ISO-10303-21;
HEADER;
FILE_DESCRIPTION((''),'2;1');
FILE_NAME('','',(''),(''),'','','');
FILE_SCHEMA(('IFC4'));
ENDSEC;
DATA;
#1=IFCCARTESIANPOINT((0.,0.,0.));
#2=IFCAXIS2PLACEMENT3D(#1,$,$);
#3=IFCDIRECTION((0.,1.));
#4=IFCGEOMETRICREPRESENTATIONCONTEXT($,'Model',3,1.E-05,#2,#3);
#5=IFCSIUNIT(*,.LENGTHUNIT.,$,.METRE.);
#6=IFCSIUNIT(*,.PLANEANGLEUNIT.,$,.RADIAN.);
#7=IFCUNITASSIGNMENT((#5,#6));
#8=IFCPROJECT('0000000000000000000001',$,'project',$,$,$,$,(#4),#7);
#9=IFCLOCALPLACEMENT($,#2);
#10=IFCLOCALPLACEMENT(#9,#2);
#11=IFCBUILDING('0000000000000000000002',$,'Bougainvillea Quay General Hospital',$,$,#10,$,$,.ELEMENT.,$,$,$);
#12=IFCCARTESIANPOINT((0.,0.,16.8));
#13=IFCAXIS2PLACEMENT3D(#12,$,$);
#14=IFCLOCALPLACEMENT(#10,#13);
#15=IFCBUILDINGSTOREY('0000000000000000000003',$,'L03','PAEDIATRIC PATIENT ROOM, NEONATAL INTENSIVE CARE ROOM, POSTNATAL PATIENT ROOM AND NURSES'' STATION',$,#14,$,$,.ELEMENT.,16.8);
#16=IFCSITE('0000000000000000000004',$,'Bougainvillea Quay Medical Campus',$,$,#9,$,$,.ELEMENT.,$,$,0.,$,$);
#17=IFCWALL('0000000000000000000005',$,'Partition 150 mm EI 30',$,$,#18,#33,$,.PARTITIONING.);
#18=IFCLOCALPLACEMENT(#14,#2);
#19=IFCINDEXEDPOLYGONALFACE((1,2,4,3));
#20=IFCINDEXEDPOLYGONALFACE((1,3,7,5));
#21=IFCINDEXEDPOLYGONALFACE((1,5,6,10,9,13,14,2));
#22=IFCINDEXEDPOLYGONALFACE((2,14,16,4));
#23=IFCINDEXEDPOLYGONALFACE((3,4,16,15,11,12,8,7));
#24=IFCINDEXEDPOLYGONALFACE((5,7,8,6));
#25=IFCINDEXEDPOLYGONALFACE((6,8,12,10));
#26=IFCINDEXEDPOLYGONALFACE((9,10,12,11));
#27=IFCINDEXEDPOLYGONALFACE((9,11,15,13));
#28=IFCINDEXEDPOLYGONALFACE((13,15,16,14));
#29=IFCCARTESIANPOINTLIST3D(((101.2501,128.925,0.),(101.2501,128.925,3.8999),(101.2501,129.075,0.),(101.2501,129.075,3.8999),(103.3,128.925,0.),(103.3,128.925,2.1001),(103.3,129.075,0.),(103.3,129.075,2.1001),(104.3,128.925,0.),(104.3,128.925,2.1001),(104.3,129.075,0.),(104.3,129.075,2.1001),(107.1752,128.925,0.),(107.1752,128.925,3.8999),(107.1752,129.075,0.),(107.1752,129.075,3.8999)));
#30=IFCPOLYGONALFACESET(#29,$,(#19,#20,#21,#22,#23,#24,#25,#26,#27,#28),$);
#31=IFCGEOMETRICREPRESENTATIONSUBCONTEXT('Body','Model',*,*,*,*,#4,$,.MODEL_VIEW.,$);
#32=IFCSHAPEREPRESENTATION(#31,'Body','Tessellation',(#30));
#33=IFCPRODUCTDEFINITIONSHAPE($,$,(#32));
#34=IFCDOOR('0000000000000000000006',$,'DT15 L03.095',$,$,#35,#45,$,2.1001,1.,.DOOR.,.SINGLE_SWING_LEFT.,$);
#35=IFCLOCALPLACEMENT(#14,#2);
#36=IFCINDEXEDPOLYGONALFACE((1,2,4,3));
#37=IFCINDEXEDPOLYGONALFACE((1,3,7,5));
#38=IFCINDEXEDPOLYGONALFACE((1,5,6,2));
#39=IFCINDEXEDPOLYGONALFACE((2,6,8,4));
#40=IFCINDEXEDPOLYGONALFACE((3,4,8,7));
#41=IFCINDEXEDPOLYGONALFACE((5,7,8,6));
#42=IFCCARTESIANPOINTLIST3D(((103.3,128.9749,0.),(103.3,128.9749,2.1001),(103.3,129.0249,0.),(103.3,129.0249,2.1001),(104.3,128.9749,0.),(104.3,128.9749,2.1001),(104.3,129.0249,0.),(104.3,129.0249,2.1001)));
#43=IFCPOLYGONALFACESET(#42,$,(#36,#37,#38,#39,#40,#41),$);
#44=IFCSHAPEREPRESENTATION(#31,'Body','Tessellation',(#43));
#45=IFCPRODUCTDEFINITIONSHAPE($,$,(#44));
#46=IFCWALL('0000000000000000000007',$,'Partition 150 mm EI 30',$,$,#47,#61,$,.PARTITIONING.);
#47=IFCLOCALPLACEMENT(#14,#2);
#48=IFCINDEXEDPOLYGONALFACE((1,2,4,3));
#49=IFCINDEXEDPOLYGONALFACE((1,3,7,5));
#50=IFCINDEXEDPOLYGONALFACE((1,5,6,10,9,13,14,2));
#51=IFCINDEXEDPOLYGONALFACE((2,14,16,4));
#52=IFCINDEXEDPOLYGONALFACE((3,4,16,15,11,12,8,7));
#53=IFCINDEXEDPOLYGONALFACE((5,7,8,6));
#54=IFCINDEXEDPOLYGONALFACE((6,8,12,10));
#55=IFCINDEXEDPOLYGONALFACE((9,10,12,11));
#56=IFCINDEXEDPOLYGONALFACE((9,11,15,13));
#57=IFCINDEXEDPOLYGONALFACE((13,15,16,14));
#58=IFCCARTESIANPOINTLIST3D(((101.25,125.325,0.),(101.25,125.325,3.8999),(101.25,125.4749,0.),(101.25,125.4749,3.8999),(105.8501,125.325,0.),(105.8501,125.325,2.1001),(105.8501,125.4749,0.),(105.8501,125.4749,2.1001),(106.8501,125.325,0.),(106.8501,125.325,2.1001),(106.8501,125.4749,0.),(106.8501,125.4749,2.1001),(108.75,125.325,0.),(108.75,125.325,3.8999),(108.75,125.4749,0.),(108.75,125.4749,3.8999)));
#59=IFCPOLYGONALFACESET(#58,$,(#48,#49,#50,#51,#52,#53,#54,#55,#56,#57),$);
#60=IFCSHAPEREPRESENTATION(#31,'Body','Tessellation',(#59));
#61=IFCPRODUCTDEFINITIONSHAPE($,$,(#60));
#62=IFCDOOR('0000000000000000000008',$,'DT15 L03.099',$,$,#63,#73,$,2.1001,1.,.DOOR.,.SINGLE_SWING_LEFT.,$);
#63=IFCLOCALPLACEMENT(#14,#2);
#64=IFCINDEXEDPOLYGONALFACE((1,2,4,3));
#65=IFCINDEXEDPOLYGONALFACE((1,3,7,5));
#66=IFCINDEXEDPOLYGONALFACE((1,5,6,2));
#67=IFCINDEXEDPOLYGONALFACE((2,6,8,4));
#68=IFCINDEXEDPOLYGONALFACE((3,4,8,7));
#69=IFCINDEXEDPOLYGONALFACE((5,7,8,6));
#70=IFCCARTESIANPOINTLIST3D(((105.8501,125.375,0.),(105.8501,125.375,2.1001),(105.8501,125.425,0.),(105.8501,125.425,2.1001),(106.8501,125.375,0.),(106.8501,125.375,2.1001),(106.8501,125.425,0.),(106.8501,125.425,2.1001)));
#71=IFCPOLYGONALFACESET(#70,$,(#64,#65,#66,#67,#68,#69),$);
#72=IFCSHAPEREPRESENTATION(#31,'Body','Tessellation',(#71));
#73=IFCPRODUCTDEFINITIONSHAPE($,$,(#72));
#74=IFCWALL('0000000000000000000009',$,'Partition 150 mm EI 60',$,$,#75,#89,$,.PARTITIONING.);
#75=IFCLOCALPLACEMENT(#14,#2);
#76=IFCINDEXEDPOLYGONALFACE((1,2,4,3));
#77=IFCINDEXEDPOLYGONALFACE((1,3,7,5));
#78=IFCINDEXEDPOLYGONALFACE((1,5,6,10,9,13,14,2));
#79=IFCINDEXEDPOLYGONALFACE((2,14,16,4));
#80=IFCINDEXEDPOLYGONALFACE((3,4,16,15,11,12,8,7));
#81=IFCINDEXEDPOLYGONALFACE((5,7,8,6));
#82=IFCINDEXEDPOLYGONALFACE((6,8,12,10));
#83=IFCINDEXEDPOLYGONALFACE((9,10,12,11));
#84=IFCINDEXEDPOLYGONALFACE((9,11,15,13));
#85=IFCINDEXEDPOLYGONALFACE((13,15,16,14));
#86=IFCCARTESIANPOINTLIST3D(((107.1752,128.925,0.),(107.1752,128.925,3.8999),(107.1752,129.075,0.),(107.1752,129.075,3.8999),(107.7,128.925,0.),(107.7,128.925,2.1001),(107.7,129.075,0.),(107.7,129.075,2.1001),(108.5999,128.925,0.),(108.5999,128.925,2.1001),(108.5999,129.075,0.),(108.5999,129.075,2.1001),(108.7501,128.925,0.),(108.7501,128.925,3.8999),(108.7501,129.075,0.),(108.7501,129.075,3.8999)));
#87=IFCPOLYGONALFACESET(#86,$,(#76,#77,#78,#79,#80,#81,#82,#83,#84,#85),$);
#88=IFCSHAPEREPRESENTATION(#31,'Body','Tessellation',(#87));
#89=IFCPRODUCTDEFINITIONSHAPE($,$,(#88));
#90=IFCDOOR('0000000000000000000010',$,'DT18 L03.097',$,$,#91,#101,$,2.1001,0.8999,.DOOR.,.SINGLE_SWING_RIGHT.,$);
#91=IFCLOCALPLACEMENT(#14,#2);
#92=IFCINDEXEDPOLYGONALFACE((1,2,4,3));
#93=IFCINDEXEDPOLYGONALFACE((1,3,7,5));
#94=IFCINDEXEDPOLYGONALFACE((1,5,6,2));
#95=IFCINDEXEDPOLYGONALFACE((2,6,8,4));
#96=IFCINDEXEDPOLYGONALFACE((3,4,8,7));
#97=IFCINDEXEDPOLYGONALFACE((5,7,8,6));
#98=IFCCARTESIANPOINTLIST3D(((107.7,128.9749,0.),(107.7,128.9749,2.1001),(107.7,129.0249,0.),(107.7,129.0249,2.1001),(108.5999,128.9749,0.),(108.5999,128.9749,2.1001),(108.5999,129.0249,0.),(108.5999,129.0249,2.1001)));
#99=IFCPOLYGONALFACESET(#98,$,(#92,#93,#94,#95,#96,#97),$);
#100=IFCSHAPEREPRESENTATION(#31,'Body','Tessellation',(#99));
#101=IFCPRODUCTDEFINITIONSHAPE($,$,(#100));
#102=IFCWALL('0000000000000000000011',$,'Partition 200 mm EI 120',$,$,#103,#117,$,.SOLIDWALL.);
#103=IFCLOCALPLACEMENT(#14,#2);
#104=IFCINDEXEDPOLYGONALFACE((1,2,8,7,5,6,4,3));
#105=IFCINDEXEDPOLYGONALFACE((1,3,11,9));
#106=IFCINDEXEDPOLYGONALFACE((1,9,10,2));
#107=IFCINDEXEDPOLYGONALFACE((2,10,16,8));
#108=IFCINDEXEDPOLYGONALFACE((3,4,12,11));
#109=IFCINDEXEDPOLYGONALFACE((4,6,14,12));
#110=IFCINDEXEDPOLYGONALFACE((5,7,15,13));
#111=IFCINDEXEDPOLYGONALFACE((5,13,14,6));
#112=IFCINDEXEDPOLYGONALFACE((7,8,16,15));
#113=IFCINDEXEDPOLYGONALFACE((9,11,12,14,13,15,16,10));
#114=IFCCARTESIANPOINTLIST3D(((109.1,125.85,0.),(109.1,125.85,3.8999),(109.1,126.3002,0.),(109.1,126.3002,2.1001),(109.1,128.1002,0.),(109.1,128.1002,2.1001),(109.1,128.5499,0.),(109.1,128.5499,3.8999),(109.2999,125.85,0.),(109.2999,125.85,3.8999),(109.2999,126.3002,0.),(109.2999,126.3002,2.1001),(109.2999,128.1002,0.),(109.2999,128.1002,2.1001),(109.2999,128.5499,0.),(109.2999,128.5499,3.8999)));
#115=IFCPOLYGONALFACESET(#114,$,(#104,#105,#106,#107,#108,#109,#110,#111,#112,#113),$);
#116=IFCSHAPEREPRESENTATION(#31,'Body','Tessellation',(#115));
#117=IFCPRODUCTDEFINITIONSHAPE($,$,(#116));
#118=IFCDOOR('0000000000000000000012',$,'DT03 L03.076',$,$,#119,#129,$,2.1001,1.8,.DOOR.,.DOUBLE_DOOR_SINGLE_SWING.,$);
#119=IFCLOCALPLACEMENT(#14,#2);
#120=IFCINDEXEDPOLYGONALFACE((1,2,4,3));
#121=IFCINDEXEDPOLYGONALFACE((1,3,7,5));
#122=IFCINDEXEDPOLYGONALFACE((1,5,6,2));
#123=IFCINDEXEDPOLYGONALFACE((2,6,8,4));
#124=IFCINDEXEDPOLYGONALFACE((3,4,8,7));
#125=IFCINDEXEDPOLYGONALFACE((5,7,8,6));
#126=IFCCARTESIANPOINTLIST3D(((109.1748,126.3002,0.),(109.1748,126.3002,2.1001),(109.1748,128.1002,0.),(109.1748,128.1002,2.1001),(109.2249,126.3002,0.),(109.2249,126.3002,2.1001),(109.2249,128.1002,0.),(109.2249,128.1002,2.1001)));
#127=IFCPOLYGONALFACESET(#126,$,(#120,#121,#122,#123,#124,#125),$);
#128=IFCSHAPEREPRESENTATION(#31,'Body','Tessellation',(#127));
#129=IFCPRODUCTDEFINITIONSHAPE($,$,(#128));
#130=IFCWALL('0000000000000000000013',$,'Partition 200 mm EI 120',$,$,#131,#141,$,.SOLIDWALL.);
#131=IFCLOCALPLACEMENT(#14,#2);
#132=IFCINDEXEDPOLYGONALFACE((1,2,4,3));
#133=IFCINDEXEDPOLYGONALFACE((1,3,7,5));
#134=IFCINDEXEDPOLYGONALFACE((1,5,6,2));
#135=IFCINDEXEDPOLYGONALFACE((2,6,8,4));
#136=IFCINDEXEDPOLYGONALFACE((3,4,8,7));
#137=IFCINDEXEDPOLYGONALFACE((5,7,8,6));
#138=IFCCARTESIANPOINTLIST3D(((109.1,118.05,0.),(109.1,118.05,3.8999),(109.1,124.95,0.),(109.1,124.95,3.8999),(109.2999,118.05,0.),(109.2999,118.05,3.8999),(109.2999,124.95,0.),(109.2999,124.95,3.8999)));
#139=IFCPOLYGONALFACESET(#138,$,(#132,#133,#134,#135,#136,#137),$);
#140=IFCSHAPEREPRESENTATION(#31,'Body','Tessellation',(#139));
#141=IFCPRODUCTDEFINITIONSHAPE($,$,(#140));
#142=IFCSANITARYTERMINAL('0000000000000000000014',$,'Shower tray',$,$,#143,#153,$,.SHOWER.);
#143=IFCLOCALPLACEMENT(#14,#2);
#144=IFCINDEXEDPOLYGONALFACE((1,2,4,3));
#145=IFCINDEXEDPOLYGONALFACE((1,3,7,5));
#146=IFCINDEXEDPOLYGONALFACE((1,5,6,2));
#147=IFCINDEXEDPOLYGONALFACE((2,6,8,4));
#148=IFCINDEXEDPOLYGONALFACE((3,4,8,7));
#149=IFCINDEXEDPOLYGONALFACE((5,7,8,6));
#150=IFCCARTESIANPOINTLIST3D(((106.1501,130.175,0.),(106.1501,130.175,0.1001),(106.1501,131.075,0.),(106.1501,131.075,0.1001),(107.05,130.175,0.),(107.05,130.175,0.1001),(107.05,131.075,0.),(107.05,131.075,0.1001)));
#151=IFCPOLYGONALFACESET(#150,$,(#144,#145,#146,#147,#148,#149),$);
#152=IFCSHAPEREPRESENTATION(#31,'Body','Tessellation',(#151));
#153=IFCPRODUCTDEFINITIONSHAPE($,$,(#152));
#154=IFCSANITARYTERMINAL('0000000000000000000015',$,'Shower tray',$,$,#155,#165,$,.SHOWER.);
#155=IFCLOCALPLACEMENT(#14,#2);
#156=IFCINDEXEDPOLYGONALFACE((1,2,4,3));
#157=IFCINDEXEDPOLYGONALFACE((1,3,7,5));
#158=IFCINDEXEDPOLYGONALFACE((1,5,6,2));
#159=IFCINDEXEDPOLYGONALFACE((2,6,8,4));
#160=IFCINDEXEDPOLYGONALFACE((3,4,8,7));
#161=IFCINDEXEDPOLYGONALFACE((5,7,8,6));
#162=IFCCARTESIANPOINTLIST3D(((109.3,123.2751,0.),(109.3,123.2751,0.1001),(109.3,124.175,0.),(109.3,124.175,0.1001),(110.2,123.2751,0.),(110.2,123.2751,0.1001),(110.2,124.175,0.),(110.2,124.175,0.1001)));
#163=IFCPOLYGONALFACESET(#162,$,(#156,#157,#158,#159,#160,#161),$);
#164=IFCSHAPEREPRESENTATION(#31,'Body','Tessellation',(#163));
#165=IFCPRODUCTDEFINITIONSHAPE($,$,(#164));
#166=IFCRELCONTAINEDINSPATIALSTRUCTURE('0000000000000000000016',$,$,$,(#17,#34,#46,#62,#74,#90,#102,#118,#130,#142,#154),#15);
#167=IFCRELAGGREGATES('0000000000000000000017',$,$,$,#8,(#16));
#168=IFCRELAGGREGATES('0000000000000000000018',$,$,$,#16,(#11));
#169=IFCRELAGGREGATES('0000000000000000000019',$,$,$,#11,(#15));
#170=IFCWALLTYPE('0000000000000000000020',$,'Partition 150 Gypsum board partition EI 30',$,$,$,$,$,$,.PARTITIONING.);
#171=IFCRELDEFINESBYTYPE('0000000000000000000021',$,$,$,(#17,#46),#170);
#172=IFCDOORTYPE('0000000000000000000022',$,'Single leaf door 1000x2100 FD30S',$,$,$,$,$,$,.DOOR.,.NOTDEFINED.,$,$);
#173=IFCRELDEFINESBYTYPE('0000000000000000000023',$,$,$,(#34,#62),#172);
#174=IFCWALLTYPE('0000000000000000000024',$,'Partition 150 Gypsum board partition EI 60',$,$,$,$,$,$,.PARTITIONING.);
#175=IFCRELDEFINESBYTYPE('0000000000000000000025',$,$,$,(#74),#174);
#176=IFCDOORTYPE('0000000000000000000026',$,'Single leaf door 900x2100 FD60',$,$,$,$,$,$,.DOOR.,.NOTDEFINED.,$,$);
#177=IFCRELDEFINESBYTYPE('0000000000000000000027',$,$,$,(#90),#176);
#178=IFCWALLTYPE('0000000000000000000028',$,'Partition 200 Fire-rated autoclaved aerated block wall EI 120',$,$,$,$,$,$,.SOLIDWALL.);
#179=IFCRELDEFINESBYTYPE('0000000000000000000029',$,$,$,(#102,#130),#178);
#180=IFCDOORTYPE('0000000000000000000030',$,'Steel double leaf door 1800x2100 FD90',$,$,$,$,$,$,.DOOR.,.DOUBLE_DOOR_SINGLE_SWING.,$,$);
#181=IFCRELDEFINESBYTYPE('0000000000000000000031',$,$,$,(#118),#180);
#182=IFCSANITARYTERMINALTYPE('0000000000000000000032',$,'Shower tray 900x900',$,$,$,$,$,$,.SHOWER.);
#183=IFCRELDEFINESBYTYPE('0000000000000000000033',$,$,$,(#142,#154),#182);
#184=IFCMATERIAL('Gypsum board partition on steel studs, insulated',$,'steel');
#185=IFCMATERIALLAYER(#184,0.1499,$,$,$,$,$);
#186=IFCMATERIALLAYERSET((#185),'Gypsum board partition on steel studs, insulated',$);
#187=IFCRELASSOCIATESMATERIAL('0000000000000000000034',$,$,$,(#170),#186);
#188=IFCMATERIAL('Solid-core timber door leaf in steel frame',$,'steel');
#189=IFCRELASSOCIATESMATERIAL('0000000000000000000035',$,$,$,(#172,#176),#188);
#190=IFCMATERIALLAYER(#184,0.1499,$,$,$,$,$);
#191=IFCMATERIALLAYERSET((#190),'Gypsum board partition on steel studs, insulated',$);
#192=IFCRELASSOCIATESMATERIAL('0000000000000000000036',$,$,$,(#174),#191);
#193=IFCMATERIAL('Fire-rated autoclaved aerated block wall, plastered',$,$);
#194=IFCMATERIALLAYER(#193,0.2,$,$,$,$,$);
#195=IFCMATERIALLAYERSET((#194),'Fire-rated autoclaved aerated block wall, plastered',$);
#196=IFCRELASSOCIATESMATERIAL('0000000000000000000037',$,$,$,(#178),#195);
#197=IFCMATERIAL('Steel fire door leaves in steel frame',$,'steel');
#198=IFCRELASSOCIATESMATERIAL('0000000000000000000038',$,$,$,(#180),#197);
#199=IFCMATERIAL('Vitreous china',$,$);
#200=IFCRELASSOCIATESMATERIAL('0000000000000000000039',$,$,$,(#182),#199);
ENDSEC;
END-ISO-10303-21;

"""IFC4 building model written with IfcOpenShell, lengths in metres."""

from ifc_helpers import new_model, si_unit, direction, frame, frame_2d, origin, origin_2d, place, context, subcontext, project, spatial, rectangle, extrude, material, layer, layer_set, type_object, element, fill, save


model = new_model("IFC4")

# Units and contexts
model_context = context("Model", 3, precision=1e-05, world=origin(), true_north=direction((0.0, 1.0)))
body_context = subcontext(model_context, "Body", "Model", "MODEL_VIEW")
ifc_project = project(units=[si_unit("LENGTHUNIT", "METRE"), si_unit("PLANEANGLEUNIT", "RADIAN")], contexts=[model_context])

# Site, building, storey
site_placement = place(None, origin())
site = spatial("IfcSite", under=ifc_project, at=site_placement, Name="Bougainvillea Quay Medical Campus", CompositionType="ELEMENT", RefElevation=0.0)
building_placement = place(site_placement, origin())
building = spatial("IfcBuilding", under=site, at=building_placement, Name="Bougainvillea Quay General Hospital", CompositionType="ELEMENT")
storey_placement = place(building_placement, frame((0.0, 0.0, 16.8)))
storey = spatial("IfcBuildingStorey", under=building, at=storey_placement, Name="L03", Description="PAEDIATRIC PATIENT ROOM, NEONATAL INTENSIVE CARE ROOM, POSTNATAL PATIENT ROOM AND NURSES' STATION", CompositionType="ELEMENT", Elevation=16.8)

# Shared definitions
ifc_material_1 = material(Name="Gypsum board partition on steel studs, insulated", Category="steel")

# Shared definitions
ifc_material_2 = material(Name="Solid-core timber door leaf in steel frame", Category="steel")

# Walls, openings, doors
ifc_layer_1 = layer(ifc_material_1, 0.1499)
ifc_layer_set_1 = layer_set([ifc_layer_1], Name="Gypsum board partition on steel studs, insulated")
wall_type_1 = type_object("IfcWallType", Name="Partition 150 Gypsum board partition EI 30", PredefinedType="PARTITIONING", material=ifc_layer_set_1)
wall_1_placement = place(storey_placement, frame((107.175, 129.0, 0.0), z_axis=(0.0, 0.0, 1.0), x_axis=(-1.0, 0.0, 0.0)))
wall_1 = element("IfcWall", 1, at=wall_1_placement, inside=storey, type_object=wall_type_1, Name="Partition 150 mm EI 30", PredefinedType="PARTITIONING", context=body_context, shape_type="SweptSolid", body=[
    extrude(rectangle(XDim=5.925, YDim=0.1499, at=frame_2d((2.9624, 0.0))), origin(), (0.0, 0.0, 1.0), 3.8999),
])
opening_1_placement = place(wall_1_placement, frame((2.875, 0.0, 0.0)))
opening_1 = element("IfcOpeningElement", 2, at=opening_1_placement, cuts=wall_1, PredefinedType="OPENING", context=body_context, shape_type="SweptSolid", body=[
    extrude(rectangle(XDim=1.0, YDim=2.1001, at=frame_2d((0.5, 1.05))), frame((0.0, 0.085, 0.0), z_axis=(0.0, -1.0, 0.0), x_axis=(1.0, 0.0, 0.0)), (0.0, 0.0, 1.0), 0.1699),
])
door_type_1 = type_object("IfcDoorType", Name="Single leaf door 1000x2100 FD30S", OperationType="NOTDEFINED", PredefinedType="DOOR", material=ifc_material_2)
door_1_placement = place(opening_1_placement, frame((1.0, 0.0, 0.0), z_axis=(0.0, 0.0, 1.0), x_axis=(-1.0, 0.0, 0.0)))
door_1 = element("IfcDoor", 3, at=door_1_placement, inside=storey, type_object=door_type_1, Name="DT15 L03.095", OperationType="SINGLE_SWING_LEFT", OverallHeight=2.1001, OverallWidth=1.0, PredefinedType="DOOR", context=body_context, shape_type="SweptSolid", body=[
    extrude(rectangle(XDim=1.0, YDim=2.1001, at=frame_2d((0.5, 1.05))), frame((0.0, 0.0249, 0.0), z_axis=(0.0, -1.0, 0.0), x_axis=(1.0, 0.0, 0.0)), (0.0, 0.0, 1.0), 0.05),
])
fill(opening_1, door_1)
wall_2_placement = place(storey_placement, frame((108.75, 125.3999, 0.0), z_axis=(0.0, 0.0, 1.0), x_axis=(-1.0, 0.0, 0.0)))
wall_2 = element("IfcWall", 4, at=wall_2_placement, inside=storey, type_object=wall_type_1, Name="Partition 150 mm EI 30", PredefinedType="PARTITIONING", context=body_context, shape_type="SweptSolid", body=[
    extrude(rectangle(XDim=7.5, YDim=0.1499, at=frame_2d((3.75, 0.0))), origin(), (0.0, 0.0, 1.0), 3.8999),
])
opening_2_placement = place(wall_2_placement, frame((1.8999, 0.0, 0.0)))
opening_2 = element("IfcOpeningElement", 5, at=opening_2_placement, cuts=wall_2, PredefinedType="OPENING", context=body_context, shape_type="SweptSolid", body=[
    extrude(rectangle(XDim=1.0, YDim=2.1001, at=frame_2d((0.5, 1.05))), frame((0.0, 0.085, 0.0), z_axis=(0.0, -1.0, 0.0), x_axis=(1.0, 0.0, 0.0)), (0.0, 0.0, 1.0), 0.1699),
])
door_2_placement = place(opening_2_placement, origin())
door_2 = element("IfcDoor", 6, at=door_2_placement, inside=storey, type_object=door_type_1, Name="DT15 L03.099", OperationType="SINGLE_SWING_LEFT", OverallHeight=2.1001, OverallWidth=1.0, PredefinedType="DOOR", context=body_context, shape_type="SweptSolid", body=[
    extrude(rectangle(XDim=1.0, YDim=2.1001, at=frame_2d((0.5, 1.05))), frame((0.0, 0.0249, 0.0), z_axis=(0.0, -1.0, 0.0), x_axis=(1.0, 0.0, 0.0)), (0.0, 0.0, 1.0), 0.05),
])
fill(opening_2, door_2)
ifc_layer_2 = layer(ifc_material_1, 0.1499)
ifc_layer_set_2 = layer_set([ifc_layer_2], Name="Gypsum board partition on steel studs, insulated")
wall_type_2 = type_object("IfcWallType", Name="Partition 150 Gypsum board partition EI 60", PredefinedType="PARTITIONING", material=ifc_layer_set_2)
wall_3_placement = place(storey_placement, frame((107.175, 129.0, 0.0), z_axis=(0.0, 0.0, 1.0), x_axis=(1.0, 0.0, 0.0)))
wall_3 = element("IfcWall", 7, at=wall_3_placement, inside=storey, type_object=wall_type_2, Name="Partition 150 mm EI 60", PredefinedType="PARTITIONING", context=body_context, shape_type="SweptSolid", body=[
    extrude(rectangle(XDim=1.575, YDim=0.1499, at=frame_2d((0.7876, 0.0))), origin(), (0.0, 0.0, 1.0), 3.8999),
])
opening_3_placement = place(wall_3_placement, frame((0.5249, 0.0, 0.0)))
opening_3 = element("IfcOpeningElement", 8, at=opening_3_placement, cuts=wall_3, PredefinedType="OPENING", context=body_context, shape_type="SweptSolid", body=[
    extrude(rectangle(XDim=0.8999, YDim=2.1001, at=frame_2d((0.45, 1.05))), frame((0.0, 0.085, 0.0), z_axis=(0.0, -1.0, 0.0), x_axis=(1.0, 0.0, 0.0)), (0.0, 0.0, 1.0), 0.1699),
])
door_type_2 = type_object("IfcDoorType", Name="Single leaf door 900x2100 FD60", OperationType="NOTDEFINED", PredefinedType="DOOR", material=ifc_material_2)
door_3_placement = place(opening_3_placement, origin())
door_3 = element("IfcDoor", 9, at=door_3_placement, inside=storey, type_object=door_type_2, Name="DT18 L03.097", OperationType="SINGLE_SWING_RIGHT", OverallHeight=2.1001, OverallWidth=0.8999, PredefinedType="DOOR", context=body_context, shape_type="SweptSolid", body=[
    extrude(rectangle(XDim=0.8999, YDim=2.1001, at=frame_2d((0.45, 1.05))), frame((0.0, 0.0249, 0.0), z_axis=(0.0, -1.0, 0.0), x_axis=(1.0, 0.0, 0.0)), (0.0, 0.0, 1.0), 0.05),
])
fill(opening_3, door_3)
ifc_material_3 = material(Name="Fire-rated autoclaved aerated block wall, plastered")
ifc_layer_3 = layer(ifc_material_3, 0.2)
ifc_layer_set_3 = layer_set([ifc_layer_3], Name="Fire-rated autoclaved aerated block wall, plastered")
wall_type_3 = type_object("IfcWallType", Name="Partition 200 Fire-rated autoclaved aerated block wall EI 120", PredefinedType="SOLIDWALL", material=ifc_layer_set_3)
wall_4_placement = place(storey_placement, frame((109.2, 128.55, 0.0), z_axis=(0.0, 0.0, 1.0), x_axis=(0.0, -1.0, 0.0)))
wall_4 = element("IfcWall", 10, at=wall_4_placement, inside=storey, type_object=wall_type_3, Name="Partition 200 mm EI 120", PredefinedType="SOLIDWALL", context=body_context, shape_type="SweptSolid", body=[
    extrude(rectangle(XDim=2.7, YDim=0.2, at=frame_2d((1.3501, 0.0))), origin(), (0.0, 0.0, 1.0), 3.8999),
])
opening_4_placement = place(wall_4_placement, frame((0.45, 0.0, 0.0)))
opening_4 = element("IfcOpeningElement", 11, at=opening_4_placement, cuts=wall_4, PredefinedType="OPENING", context=body_context, shape_type="SweptSolid", body=[
    extrude(rectangle(XDim=1.8, YDim=2.1001, at=frame_2d((0.8999, 1.05))), frame((0.0, 0.1099, 0.0), z_axis=(0.0, -1.0, 0.0), x_axis=(1.0, 0.0, 0.0)), (0.0, 0.0, 1.0), 0.22),
])
ifc_material_4 = material(Name="Steel fire door leaves in steel frame", Category="steel")
door_type_3 = type_object("IfcDoorType", Name="Steel double leaf door 1800x2100 FD90", OperationType="DOUBLE_DOOR_SINGLE_SWING", PredefinedType="DOOR", material=ifc_material_4)
door_4_placement = place(opening_4_placement, origin())
door_4 = element("IfcDoor", 12, at=door_4_placement, inside=storey, type_object=door_type_3, Name="DT03 L03.076", OperationType="DOUBLE_DOOR_SINGLE_SWING", OverallHeight=2.1001, OverallWidth=1.8, PredefinedType="DOOR", context=body_context, shape_type="SweptSolid", body=[
    extrude(rectangle(XDim=1.8, YDim=2.1001, at=frame_2d((0.8999, 1.05))), frame((0.0, 0.0249, 0.0), z_axis=(0.0, -1.0, 0.0), x_axis=(1.0, 0.0, 0.0)), (0.0, 0.0, 1.0), 0.05),
])
fill(opening_4, door_4)

# Wall
wall_5_placement = place(storey_placement, frame((109.2, 124.95, 0.0), z_axis=(0.0, 0.0, 1.0), x_axis=(0.0, -1.0, 0.0)))
element("IfcWall", 13, at=wall_5_placement, inside=storey, type_object=wall_type_3, Name="Partition 200 mm EI 120", PredefinedType="SOLIDWALL", context=body_context, shape_type="SweptSolid", body=[
    extrude(rectangle(XDim=6.8999, YDim=0.2, at=frame_2d((3.45, 0.0))), origin(), (0.0, 0.0, 1.0), 3.8999),
])

# Sanitary terminals
ifc_material_5 = material(Name="Vitreous china")
sanitary_terminal_type_1 = type_object("IfcSanitaryTerminalType", Name="Shower tray 900x900", PredefinedType="SHOWER", material=ifc_material_5)
for number, where, z_axis, x_axis, name in (
    (14, (106.6001, 130.625, 0.0), (0.0, 0.0, 1.0), (0.0, -1.0, 0.0), "Shower tray"),
    (15, (109.75, 123.7251, 0.0), (0.0, 0.0, 1.0), (0.0, 1.0, 0.0), "Shower tray"),
):
    element("IfcSanitaryTerminal", number, at=place(storey_placement, frame(where, z_axis=z_axis, x_axis=x_axis)), inside=storey, type_object=sanitary_terminal_type_1, Name=name, PredefinedType="SHOWER", context=body_context, shape_type="SweptSolid", body=[
        extrude(rectangle(XDim=0.8999, YDim=0.8999, at=origin_2d()), origin(), (0.0, 0.0, 1.0), 0.1001),
    ])

save(model, "model.ifc")
